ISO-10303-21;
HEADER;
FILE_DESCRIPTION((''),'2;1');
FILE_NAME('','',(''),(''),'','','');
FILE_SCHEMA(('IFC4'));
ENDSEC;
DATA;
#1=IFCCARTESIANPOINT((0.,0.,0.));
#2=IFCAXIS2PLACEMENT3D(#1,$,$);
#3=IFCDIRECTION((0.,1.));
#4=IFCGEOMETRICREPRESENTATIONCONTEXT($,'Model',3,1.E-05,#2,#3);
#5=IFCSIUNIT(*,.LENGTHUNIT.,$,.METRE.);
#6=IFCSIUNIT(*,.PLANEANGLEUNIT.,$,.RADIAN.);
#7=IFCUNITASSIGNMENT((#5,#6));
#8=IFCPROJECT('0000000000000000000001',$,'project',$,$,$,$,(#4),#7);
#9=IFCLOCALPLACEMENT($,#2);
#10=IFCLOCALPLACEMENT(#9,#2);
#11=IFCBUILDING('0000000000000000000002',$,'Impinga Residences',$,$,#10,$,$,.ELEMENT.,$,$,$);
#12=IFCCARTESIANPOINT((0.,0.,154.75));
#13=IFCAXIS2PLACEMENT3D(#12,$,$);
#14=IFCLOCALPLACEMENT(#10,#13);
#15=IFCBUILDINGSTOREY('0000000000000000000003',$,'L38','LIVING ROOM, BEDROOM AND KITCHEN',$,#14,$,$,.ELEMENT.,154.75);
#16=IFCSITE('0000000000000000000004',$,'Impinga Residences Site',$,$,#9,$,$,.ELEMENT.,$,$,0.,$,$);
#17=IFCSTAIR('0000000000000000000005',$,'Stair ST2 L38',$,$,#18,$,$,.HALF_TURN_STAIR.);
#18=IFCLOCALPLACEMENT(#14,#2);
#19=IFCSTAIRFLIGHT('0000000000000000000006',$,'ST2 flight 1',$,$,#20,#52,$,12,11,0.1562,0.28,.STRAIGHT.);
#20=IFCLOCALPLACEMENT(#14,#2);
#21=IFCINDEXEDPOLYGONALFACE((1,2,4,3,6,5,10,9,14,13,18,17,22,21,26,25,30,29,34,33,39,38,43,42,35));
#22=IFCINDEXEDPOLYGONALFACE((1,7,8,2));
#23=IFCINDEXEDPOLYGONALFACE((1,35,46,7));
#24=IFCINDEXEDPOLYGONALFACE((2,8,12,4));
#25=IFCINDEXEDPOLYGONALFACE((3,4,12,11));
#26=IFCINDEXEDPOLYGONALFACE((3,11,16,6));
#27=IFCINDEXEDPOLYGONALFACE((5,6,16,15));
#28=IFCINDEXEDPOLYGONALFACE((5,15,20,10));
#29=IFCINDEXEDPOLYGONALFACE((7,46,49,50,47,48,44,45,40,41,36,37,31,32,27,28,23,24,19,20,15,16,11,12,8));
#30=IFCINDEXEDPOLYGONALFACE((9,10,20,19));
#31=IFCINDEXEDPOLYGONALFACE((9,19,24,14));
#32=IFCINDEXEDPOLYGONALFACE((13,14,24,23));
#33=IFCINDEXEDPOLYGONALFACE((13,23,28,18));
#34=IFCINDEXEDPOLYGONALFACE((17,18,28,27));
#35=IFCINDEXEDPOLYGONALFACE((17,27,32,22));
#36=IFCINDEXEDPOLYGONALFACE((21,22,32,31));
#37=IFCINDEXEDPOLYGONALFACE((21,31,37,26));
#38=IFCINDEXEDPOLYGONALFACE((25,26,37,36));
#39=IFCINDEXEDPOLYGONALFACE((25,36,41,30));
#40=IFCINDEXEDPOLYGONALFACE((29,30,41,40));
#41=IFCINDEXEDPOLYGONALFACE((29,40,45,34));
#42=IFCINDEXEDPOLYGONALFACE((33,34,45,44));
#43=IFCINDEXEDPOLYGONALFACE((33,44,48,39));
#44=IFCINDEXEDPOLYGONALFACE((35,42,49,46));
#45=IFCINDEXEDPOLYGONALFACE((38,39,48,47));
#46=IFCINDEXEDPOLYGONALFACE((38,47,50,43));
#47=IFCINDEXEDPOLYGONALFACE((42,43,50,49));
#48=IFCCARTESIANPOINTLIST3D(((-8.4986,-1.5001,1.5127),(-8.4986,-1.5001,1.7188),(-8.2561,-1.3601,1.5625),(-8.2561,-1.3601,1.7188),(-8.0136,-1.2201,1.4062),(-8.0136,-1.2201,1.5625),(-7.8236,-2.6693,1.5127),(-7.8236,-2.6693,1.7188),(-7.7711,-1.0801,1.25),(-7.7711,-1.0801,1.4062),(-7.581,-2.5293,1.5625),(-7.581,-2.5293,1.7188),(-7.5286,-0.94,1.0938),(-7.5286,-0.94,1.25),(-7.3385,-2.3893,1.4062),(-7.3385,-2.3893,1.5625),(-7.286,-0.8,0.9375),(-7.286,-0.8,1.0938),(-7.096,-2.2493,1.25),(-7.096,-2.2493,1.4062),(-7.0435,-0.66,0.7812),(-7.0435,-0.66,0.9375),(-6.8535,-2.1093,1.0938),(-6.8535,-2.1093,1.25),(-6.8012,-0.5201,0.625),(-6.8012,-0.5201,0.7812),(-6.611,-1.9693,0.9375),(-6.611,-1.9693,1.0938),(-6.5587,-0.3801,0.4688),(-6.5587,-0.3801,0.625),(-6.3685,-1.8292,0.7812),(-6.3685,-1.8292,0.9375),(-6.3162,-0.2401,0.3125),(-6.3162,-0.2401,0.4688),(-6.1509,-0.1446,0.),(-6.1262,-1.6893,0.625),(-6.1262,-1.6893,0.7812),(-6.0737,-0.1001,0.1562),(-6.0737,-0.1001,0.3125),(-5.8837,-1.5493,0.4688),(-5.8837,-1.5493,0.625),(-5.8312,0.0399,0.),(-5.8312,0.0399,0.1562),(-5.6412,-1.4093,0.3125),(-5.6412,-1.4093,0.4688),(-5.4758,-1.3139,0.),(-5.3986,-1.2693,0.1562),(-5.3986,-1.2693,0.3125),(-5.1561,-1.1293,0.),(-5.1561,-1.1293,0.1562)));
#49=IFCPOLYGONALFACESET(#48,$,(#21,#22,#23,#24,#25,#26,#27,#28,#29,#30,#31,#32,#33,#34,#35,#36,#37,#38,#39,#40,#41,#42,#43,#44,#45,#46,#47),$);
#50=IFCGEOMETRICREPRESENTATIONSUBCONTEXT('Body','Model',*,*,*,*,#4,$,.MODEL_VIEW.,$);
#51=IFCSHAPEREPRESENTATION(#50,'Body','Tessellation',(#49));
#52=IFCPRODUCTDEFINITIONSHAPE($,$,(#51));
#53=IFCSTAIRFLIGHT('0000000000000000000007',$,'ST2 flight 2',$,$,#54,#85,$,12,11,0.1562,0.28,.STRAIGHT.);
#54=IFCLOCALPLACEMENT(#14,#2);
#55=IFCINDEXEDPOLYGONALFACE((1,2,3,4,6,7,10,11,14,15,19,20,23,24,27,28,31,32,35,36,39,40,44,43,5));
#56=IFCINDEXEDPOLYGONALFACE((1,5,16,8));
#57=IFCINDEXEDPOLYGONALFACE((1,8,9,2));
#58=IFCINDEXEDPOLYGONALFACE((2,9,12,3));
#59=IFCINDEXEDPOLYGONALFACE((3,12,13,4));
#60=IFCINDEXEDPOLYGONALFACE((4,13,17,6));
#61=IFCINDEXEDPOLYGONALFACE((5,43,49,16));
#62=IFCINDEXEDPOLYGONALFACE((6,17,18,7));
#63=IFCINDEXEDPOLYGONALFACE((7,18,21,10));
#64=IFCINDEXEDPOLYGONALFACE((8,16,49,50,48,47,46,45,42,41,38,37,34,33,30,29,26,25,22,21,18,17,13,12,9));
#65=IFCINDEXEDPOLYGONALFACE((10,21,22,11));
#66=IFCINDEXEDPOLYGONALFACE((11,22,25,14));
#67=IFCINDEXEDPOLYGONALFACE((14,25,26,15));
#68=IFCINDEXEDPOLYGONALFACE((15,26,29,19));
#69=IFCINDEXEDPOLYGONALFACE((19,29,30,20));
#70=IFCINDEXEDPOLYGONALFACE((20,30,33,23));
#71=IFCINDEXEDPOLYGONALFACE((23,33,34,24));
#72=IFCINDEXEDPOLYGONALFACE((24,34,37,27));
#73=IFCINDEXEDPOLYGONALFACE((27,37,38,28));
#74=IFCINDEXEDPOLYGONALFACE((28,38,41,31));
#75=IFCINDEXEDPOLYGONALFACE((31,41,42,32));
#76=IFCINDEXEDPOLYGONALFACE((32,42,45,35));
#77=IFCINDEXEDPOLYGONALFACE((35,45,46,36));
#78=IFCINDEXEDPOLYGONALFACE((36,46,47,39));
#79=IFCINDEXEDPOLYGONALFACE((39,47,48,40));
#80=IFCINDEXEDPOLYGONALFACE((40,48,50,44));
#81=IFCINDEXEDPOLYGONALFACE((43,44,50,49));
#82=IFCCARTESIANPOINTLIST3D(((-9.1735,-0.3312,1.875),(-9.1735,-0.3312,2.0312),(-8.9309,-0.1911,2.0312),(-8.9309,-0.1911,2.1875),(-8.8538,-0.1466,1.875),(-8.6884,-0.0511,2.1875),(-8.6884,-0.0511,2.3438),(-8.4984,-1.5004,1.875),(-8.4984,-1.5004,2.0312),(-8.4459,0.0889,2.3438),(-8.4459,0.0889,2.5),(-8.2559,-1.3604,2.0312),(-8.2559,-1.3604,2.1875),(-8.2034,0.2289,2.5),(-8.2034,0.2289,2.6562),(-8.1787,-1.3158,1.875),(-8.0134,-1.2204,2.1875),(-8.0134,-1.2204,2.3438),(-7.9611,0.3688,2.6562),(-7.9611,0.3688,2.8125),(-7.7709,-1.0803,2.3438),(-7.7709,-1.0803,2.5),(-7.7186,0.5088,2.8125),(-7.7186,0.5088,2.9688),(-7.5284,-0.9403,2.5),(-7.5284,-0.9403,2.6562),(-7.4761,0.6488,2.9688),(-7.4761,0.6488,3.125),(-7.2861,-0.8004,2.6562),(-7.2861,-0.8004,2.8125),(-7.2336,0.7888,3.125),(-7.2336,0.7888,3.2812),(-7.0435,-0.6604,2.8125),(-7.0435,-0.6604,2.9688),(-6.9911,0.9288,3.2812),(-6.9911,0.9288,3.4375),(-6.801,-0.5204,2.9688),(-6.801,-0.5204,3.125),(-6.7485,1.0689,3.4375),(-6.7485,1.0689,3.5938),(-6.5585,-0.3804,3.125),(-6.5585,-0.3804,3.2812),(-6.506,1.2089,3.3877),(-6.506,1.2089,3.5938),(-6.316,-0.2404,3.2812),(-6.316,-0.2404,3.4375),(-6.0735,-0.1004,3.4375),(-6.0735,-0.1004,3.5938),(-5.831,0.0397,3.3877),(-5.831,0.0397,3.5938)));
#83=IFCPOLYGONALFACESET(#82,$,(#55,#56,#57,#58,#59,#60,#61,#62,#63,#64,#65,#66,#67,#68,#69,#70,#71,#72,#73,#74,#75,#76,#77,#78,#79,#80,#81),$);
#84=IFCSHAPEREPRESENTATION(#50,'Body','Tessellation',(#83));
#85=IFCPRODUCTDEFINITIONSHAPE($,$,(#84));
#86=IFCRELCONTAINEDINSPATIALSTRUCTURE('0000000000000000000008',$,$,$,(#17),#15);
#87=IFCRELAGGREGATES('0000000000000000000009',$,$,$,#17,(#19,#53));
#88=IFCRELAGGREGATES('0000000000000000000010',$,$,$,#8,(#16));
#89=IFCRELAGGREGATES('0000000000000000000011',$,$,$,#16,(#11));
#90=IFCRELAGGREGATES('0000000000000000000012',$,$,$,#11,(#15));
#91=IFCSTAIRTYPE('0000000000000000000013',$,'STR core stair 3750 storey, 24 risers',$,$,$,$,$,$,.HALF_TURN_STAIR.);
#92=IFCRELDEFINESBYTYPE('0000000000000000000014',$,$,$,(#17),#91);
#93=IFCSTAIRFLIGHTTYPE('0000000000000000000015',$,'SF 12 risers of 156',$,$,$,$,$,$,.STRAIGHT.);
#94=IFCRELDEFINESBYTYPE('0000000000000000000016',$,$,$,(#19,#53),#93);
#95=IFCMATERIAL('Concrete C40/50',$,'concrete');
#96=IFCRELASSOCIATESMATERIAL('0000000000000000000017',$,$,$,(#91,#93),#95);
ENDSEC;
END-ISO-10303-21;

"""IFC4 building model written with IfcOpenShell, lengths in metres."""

from ifc_helpers import new_model, si_unit, direction, frame, origin, place, context, subcontext, project, spatial, polyline, outline, extrude, material, type_object, element, aggregate, save


model = new_model("IFC4")

# Units and contexts
model_context = context("Model", 3, precision=1e-05, world=origin(), true_north=direction((0.0, 1.0)))
body_context = subcontext(model_context, "Body", "Model", "MODEL_VIEW")
ifc_project = project(units=[si_unit("LENGTHUNIT", "METRE"), si_unit("PLANEANGLEUNIT", "RADIAN")], contexts=[model_context])

# Site, building, storey
site_placement = place(None, origin())
site = spatial("IfcSite", under=ifc_project, at=site_placement, Name="Impinga Residences Site", CompositionType="ELEMENT", RefElevation=0.0)
building_placement = place(site_placement, origin())
building = spatial("IfcBuilding", under=site, at=building_placement, Name="Impinga Residences", CompositionType="ELEMENT")
storey_placement = place(building_placement, frame((0.0, 0.0, 154.75)))
storey = spatial("IfcBuildingStorey", under=building, at=storey_placement, Name="L38", Description="LIVING ROOM, BEDROOM AND KITCHEN", CompositionType="ELEMENT", Elevation=154.75)

# Stair, stair flights
ifc_material_1 = material(Name="Concrete C40/50", Category="concrete")
stair_type = type_object("IfcStairType", Name="STR core stair 3750 storey, 24 risers", PredefinedType="HALF_TURN_STAIR", material=ifc_material_1)
stair_placement = place(storey_placement, origin())
stair = element("IfcStair", 1, at=stair_placement, inside=storey, type_object=stair_type, Name="Stair ST2 L38", PredefinedType="HALF_TURN_STAIR")
stair_flight_type = type_object("IfcStairFlightType", Name="SF 12 risers of 156", PredefinedType="STRAIGHT", material=ifc_material_1)
stair_flight_1_placement = place(storey_placement, frame((-5.4937, -0.5447, 0.0), z_axis=(0.0, 0.0, 1.0), x_axis=(-0.866025, -0.5, 0.0)))
stair_flight_1 = element("IfcStairFlight", 2, at=stair_flight_1_placement, type_object=stair_flight_type, Name="ST2 flight 1", NumberOfRisers=12, NumberOfTreads=11, PredefinedType="STRAIGHT", RiserHeight=0.1562, TreadLength=0.28, context=body_context, shape_type="SweptSolid", body=[
    extrude(outline(polyline([(0.0, 0.0), (0.0, 0.1562), (0.28, 0.1562), (0.28, 0.3125), (0.5601, 0.3125), (0.5601, 0.4688), (0.8401, 0.4688), (0.8401, 0.625), (1.1201, 0.625), (1.1201, 0.7812), (1.3999, 0.7812), (1.3999, 0.9375), (1.6799, 0.9375), (1.6799, 1.0938), (1.96, 1.0938), (1.96, 1.25), (2.24, 1.25), (2.24, 1.4062), (2.52, 1.4062), (2.52, 1.5625), (2.8, 1.5625), (2.8, 1.7188), (3.0801, 1.7188), (3.0801, 1.875), (3.0801, 1.5127), (0.3691, 0.0), (0.0, 0.0)])), frame((0.0, 0.675, 0.0), z_axis=(0.0, -1.0, 0.0), x_axis=(1.0, 0.0, 0.0)), (0.0, 0.0, 1.0), 1.3501),
])
stair_flight_2_placement = place(storey_placement, frame((-8.8359, -0.9158, 1.875), z_axis=(0.0, 0.0, 1.0), x_axis=(0.866025, 0.5, 0.0)))
stair_flight_2 = element("IfcStairFlight", 3, at=stair_flight_2_placement, type_object=stair_flight_type, Name="ST2 flight 2", NumberOfRisers=12, NumberOfTreads=11, PredefinedType="STRAIGHT", RiserHeight=0.1562, TreadLength=0.28, context=body_context, shape_type="SweptSolid", body=[
    extrude(outline(polyline([(0.0, 0.0), (0.0, 0.1562), (0.28, 0.1562), (0.28, 0.3125), (0.5601, 0.3125), (0.5601, 0.4688), (0.8401, 0.4688), (0.8401, 0.625), (1.1201, 0.625), (1.1201, 0.7812), (1.3999, 0.7812), (1.3999, 0.9375), (1.6799, 0.9375), (1.6799, 1.0938), (1.96, 1.0938), (1.96, 1.25), (2.24, 1.25), (2.24, 1.4062), (2.52, 1.4062), (2.52, 1.5625), (2.8, 1.5625), (2.8, 1.7188), (3.0801, 1.7188), (3.0801, 1.875), (3.0801, 1.5127), (0.3691, 0.0), (0.0, 0.0)])), frame((0.0, 0.675, 0.0), z_axis=(0.0, -1.0, 0.0), x_axis=(1.0, 0.0, 0.0)), (0.0, 0.0, 1.0), 1.3501),
])
aggregate(stair, [stair_flight_1, stair_flight_2])

save(model, "model.ifc")
